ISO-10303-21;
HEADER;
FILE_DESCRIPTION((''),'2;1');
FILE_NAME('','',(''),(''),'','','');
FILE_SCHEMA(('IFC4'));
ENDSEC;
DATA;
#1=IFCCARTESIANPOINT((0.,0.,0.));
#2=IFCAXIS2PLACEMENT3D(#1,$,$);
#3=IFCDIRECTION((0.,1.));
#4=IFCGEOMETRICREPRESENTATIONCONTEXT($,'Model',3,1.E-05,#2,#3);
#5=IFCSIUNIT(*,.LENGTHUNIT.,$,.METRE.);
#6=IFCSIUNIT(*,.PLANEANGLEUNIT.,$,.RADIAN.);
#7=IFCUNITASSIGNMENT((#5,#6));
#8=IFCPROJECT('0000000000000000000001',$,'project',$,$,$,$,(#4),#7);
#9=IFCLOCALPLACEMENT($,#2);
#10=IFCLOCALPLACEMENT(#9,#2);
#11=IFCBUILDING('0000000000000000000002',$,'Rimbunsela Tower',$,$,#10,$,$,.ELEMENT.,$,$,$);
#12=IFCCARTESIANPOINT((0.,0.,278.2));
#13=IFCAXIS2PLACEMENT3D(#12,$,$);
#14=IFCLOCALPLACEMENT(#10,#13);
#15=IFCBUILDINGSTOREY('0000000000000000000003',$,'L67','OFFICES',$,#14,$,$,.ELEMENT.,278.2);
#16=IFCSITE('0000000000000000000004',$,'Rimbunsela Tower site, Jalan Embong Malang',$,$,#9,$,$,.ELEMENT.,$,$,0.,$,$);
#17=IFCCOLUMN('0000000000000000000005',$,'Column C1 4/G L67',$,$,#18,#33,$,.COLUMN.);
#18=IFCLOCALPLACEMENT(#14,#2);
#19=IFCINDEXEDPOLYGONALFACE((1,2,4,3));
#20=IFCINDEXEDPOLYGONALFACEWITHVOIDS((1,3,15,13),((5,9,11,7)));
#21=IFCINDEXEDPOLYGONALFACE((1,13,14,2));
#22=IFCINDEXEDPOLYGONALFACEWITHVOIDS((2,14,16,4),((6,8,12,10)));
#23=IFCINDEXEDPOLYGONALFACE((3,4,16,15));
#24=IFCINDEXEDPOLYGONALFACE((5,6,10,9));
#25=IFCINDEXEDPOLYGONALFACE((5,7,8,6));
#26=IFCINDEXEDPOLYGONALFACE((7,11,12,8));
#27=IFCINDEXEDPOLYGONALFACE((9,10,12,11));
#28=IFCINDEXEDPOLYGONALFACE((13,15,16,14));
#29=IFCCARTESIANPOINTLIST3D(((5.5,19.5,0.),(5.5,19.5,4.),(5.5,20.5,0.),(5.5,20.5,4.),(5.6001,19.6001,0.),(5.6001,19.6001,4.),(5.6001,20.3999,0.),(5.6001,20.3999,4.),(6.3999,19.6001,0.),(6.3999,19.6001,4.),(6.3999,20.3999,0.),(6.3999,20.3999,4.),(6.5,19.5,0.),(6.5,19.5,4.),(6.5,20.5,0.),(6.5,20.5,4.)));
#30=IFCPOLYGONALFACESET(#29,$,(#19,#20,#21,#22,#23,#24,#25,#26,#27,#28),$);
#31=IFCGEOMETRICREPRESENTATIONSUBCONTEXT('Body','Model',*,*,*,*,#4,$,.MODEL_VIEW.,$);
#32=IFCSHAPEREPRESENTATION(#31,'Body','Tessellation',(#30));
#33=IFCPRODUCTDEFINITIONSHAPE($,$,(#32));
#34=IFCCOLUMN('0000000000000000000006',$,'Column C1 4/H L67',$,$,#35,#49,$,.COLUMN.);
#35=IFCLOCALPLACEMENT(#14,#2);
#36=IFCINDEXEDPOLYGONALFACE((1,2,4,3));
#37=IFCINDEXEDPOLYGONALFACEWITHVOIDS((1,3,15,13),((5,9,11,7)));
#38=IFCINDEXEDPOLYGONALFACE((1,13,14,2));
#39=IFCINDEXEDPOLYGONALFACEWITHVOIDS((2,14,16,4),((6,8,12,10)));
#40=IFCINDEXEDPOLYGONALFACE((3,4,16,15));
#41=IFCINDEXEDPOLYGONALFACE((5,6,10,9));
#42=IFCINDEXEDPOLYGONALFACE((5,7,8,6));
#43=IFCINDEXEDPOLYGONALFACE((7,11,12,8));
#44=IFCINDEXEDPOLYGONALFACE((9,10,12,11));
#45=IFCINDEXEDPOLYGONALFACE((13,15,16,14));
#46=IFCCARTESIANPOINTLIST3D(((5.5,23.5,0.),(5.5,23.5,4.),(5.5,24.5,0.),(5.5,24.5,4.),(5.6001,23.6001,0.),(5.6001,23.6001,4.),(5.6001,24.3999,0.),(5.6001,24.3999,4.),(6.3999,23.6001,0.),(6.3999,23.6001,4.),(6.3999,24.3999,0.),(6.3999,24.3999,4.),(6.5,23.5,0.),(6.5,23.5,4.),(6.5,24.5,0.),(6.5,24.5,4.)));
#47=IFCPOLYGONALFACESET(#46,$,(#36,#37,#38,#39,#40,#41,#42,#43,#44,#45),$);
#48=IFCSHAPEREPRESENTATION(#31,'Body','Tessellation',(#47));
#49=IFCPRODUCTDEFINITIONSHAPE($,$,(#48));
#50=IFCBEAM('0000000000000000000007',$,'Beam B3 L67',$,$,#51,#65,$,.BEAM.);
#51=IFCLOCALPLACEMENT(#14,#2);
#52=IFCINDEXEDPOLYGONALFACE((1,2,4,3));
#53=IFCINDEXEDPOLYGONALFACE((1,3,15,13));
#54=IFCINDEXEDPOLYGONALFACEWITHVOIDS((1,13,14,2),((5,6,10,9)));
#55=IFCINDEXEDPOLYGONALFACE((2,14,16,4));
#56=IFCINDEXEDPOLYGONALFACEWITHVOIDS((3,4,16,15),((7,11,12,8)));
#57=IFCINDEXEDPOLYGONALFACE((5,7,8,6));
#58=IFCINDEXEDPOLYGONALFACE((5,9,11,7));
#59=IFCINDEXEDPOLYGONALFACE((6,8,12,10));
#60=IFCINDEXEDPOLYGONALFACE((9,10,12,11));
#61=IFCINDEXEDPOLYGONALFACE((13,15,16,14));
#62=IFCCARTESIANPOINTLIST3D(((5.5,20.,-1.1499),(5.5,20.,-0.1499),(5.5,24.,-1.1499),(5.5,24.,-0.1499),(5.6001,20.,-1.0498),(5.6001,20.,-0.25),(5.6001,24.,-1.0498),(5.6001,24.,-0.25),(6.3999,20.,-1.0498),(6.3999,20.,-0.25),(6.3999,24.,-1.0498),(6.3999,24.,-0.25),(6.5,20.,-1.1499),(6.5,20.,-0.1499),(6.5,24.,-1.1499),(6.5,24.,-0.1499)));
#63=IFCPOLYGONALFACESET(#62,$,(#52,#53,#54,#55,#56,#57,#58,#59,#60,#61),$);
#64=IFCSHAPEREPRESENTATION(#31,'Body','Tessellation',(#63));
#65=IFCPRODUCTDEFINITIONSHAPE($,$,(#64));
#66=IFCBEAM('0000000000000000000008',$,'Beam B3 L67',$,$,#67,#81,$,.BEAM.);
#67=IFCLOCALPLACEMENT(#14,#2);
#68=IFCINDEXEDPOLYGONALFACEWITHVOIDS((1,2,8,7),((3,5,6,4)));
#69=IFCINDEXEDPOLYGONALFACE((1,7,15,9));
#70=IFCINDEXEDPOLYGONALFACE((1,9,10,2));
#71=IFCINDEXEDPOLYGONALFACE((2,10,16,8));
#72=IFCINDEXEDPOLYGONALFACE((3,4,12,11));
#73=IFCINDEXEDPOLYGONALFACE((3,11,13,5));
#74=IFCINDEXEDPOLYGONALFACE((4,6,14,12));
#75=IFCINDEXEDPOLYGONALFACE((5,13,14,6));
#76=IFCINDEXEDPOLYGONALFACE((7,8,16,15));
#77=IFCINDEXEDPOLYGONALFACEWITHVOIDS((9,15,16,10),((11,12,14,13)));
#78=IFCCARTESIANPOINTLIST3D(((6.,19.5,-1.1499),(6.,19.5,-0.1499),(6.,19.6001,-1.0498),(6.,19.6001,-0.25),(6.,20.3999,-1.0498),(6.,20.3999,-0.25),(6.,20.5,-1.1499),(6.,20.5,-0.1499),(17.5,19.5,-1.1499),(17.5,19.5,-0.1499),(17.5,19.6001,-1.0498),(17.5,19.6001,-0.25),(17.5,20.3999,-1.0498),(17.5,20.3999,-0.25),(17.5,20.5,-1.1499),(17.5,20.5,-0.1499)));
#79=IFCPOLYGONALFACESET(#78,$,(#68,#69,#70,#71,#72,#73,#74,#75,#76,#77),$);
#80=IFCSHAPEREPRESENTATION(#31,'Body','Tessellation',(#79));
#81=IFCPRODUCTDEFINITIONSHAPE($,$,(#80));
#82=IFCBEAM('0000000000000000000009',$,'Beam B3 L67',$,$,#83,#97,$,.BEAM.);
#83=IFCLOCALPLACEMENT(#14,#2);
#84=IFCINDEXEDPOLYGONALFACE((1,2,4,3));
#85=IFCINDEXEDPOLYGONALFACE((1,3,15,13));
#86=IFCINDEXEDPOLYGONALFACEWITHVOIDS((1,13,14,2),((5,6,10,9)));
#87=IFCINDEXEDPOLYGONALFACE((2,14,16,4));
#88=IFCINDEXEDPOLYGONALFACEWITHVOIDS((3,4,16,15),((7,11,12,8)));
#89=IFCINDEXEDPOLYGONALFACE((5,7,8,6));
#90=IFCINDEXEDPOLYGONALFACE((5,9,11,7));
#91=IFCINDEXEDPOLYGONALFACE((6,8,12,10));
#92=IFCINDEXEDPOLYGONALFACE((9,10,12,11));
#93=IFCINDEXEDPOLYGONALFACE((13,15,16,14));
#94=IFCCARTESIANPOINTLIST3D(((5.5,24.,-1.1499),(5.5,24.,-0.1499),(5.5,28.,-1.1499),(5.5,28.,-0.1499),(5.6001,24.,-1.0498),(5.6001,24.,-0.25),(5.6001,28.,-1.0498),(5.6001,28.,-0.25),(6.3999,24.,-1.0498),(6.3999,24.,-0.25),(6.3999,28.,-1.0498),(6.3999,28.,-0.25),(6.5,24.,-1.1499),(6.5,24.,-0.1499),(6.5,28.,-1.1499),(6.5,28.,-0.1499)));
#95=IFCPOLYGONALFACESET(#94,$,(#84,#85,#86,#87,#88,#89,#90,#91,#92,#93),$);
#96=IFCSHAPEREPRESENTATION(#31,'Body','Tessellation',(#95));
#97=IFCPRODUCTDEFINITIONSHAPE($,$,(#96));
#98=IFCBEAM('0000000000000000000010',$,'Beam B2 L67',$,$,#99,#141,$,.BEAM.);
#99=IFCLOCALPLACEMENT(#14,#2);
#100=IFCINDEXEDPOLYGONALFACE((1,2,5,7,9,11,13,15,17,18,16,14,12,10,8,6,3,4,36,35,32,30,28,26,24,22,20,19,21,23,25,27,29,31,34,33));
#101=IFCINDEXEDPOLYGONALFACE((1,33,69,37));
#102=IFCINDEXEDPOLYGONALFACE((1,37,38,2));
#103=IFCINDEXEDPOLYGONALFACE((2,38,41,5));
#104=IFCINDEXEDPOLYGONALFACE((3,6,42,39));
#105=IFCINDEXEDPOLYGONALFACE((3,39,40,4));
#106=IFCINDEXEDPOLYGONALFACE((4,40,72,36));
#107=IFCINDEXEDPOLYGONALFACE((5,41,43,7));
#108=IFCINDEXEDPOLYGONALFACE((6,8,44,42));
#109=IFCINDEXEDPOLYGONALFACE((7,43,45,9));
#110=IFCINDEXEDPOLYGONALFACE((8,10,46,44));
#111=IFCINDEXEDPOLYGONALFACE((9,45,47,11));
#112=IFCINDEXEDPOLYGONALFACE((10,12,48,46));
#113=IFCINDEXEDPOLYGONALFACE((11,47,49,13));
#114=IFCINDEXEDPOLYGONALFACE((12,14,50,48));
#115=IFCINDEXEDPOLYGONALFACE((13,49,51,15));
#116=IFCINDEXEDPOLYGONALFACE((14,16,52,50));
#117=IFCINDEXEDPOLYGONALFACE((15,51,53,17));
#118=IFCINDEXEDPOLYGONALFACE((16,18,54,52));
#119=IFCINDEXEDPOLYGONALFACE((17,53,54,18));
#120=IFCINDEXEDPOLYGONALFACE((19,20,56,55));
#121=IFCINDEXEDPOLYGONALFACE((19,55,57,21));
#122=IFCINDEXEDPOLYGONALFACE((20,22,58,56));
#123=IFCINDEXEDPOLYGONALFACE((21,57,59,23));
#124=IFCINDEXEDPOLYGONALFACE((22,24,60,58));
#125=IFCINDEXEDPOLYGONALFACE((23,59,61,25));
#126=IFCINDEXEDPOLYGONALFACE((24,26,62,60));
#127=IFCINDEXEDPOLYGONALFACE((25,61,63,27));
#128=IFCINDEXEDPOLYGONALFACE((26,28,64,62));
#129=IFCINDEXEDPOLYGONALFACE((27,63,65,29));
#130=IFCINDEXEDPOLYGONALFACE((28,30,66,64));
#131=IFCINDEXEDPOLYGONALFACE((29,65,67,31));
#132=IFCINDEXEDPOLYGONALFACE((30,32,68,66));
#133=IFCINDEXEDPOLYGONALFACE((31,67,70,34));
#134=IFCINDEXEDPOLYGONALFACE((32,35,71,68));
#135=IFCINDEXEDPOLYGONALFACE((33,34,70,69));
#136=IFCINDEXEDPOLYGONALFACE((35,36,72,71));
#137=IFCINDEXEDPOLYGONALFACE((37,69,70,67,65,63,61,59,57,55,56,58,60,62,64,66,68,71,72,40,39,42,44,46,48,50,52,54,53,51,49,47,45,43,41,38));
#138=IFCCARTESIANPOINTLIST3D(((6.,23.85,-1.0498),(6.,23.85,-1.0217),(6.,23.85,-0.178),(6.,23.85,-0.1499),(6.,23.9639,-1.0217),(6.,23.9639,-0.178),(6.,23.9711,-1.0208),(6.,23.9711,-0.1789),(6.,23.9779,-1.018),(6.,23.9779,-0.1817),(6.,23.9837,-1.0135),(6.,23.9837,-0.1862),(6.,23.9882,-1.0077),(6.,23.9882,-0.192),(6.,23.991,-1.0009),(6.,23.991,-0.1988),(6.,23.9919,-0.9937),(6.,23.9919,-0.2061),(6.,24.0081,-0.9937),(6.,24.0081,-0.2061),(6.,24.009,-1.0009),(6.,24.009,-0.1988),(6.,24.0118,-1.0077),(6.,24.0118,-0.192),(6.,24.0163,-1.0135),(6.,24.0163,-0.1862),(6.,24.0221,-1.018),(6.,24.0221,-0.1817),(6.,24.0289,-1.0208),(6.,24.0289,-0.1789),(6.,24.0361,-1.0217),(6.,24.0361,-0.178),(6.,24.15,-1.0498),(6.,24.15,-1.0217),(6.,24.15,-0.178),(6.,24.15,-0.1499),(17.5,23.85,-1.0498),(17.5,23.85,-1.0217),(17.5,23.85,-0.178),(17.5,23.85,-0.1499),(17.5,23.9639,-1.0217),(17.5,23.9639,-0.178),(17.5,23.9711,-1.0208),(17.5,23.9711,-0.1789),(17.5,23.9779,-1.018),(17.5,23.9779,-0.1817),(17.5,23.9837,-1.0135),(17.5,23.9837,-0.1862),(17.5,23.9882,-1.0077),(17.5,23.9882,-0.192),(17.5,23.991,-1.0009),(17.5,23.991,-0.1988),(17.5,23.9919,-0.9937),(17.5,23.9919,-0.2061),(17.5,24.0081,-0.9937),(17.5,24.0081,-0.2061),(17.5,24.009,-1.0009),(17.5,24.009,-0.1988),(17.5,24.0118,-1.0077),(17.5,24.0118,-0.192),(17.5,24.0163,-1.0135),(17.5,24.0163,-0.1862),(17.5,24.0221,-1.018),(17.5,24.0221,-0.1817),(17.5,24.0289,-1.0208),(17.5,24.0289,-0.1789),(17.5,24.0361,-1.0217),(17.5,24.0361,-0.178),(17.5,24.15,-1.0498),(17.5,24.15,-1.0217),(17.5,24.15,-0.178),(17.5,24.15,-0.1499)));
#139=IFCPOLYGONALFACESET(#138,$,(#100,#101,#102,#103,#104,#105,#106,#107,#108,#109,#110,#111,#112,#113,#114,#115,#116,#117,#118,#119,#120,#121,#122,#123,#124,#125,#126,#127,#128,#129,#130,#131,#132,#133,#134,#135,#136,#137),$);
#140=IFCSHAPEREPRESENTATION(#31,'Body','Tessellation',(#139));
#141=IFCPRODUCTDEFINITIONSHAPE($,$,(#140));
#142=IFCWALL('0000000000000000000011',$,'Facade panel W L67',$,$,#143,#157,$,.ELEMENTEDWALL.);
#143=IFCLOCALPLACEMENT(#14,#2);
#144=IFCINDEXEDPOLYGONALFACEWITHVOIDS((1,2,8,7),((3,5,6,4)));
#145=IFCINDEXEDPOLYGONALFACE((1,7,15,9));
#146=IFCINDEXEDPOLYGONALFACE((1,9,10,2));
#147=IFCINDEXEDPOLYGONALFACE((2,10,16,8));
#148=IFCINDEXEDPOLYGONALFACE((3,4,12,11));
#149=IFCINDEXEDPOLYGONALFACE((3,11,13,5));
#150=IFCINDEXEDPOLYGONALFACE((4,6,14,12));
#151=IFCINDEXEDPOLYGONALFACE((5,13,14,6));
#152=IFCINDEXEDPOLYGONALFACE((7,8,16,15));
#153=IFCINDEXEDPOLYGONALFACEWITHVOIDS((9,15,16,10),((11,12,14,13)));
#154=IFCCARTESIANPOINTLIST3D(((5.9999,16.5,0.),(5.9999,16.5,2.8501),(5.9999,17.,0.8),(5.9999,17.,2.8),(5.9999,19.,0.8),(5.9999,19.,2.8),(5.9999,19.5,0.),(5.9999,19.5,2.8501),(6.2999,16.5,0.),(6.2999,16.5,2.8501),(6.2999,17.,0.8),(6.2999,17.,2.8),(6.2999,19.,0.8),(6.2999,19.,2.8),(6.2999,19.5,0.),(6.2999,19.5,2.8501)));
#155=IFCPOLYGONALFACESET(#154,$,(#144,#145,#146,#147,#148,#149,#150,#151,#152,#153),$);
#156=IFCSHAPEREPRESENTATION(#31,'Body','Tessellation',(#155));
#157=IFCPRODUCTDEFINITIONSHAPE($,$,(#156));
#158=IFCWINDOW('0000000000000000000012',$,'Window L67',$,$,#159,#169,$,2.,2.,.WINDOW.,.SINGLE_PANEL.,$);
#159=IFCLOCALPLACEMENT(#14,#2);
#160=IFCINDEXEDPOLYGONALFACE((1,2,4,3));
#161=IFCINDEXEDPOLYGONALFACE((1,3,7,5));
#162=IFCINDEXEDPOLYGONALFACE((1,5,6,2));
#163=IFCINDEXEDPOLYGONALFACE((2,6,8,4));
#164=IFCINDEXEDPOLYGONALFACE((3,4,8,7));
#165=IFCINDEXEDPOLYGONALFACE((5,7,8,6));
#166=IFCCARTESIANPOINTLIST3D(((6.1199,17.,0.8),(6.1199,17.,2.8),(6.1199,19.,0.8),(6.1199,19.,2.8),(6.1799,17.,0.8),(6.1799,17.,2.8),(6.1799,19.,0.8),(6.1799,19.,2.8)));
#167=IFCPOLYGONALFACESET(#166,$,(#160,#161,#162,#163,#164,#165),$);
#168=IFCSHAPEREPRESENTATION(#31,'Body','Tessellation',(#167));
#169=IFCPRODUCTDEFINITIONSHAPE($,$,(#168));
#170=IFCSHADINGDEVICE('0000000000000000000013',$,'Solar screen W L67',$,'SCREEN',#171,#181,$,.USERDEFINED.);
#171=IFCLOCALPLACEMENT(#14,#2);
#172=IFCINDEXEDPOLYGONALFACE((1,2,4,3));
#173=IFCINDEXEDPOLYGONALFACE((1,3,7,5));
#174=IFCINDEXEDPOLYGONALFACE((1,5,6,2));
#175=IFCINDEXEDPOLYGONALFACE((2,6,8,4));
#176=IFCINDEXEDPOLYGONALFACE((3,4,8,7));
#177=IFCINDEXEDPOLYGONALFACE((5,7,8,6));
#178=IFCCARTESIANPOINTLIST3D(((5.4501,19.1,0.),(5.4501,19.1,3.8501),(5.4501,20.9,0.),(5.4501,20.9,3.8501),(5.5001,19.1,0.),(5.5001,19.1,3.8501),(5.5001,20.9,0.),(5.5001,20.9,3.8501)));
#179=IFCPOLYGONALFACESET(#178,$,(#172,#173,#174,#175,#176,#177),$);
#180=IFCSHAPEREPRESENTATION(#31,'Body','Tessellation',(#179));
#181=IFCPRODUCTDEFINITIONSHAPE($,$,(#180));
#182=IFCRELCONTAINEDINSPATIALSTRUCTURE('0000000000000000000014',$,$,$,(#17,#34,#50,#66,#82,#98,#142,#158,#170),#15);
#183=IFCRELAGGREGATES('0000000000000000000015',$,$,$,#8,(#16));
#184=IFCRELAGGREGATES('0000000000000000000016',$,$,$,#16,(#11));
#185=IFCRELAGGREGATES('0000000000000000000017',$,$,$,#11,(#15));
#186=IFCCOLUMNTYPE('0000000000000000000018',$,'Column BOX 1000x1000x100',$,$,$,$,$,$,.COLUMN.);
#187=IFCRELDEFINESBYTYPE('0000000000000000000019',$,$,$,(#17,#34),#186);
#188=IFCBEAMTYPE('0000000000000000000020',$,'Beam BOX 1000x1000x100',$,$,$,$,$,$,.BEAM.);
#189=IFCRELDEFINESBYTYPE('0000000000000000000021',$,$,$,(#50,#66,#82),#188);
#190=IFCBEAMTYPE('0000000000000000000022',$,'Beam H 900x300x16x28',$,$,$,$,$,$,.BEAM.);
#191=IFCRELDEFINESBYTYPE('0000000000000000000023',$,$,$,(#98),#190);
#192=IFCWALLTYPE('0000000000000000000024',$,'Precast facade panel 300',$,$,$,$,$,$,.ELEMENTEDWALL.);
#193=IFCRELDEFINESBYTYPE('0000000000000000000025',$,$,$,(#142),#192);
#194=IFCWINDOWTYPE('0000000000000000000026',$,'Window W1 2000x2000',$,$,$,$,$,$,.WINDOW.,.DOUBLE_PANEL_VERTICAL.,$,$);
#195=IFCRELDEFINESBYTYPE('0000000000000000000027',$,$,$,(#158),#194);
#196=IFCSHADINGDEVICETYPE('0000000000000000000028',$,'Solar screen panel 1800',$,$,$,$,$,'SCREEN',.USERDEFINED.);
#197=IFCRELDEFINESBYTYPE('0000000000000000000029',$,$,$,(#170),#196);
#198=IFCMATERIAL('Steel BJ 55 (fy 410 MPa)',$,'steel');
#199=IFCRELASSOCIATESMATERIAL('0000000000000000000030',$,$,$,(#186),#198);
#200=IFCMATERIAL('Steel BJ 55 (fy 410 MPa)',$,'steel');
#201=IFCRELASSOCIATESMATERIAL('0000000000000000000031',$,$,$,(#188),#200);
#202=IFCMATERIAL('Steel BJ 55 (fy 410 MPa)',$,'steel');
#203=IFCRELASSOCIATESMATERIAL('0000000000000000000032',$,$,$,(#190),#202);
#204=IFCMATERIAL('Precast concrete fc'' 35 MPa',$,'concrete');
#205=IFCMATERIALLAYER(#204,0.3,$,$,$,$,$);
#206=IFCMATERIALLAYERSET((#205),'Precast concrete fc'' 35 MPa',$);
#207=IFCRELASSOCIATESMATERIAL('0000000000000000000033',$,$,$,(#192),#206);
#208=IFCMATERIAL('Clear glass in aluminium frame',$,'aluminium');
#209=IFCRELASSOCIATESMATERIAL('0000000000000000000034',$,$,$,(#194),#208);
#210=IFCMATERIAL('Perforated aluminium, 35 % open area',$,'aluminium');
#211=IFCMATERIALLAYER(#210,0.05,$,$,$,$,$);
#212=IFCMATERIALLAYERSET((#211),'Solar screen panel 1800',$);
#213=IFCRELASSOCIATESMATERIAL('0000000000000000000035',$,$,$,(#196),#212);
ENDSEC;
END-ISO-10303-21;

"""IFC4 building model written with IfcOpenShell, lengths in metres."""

from ifc_helpers import new_model, si_unit, direction, frame, frame_2d, origin, origin_2d, place, context, subcontext, project, spatial, rectangle, hollow_rectangle, i_section, extrude, material, layer, layer_set, material_profile, profile_set, type_object, element, fill, save


model = new_model("IFC4")

# Units and contexts
model_context = context("Model", 3, precision=1e-05, world=origin(), true_north=direction((0.0, 1.0)))
body_context = subcontext(model_context, "Body", "Model", "MODEL_VIEW")
ifc_project = project(units=[si_unit("LENGTHUNIT", "METRE"), si_unit("PLANEANGLEUNIT", "RADIAN")], contexts=[model_context])

# Site, building, storey
site_placement = place(None, origin())
site = spatial("IfcSite", under=ifc_project, at=site_placement, Name="Rimbunsela Tower site, Jalan Embong Malang", CompositionType="ELEMENT", RefElevation=0.0)
building_placement = place(site_placement, origin())
building = spatial("IfcBuilding", under=site, at=building_placement, Name="Rimbunsela Tower", CompositionType="ELEMENT")
storey_placement = place(building_placement, frame((0.0, 0.0, 278.2)))
storey = spatial("IfcBuildingStorey", under=building, at=storey_placement, Name="L67", Description="OFFICES", CompositionType="ELEMENT", Elevation=278.2)

# Columns
ifc_material_1 = material(Name="Steel BJ 55 (fy 410 MPa)", Category="steel")
ifc_material_profile_1 = material_profile(ifc_material_1, hollow_rectangle(XDim=1.0, YDim=1.0, WallThickness=0.1001, at=origin_2d()), Name="BOX 1000x1000x100")
ifc_profile_set_1 = profile_set([ifc_material_profile_1], Name="Steel BJ 55 (fy 410 MPa)")
column_type = type_object("IfcColumnType", Name="Column BOX 1000x1000x100", PredefinedType="COLUMN", material=ifc_profile_set_1)
for number, where, z_axis, x_axis, name in (
    (1, (6.0, 20.0, 0.0), (0.0, 0.0, 1.0), (1.0, 0.0, 0.0), "Column C1 4/G L67"),
    (2, (6.0, 24.0, 0.0), (0.0, 0.0, 1.0), (1.0, 0.0, 0.0), "Column C1 4/H L67"),
):
    element("IfcColumn", number, at=place(storey_placement, frame(where, z_axis=z_axis, x_axis=x_axis)), inside=storey, type_object=column_type, Name=name, PredefinedType="COLUMN", context=body_context, shape_type="SweptSolid", body=[
        extrude(hollow_rectangle(XDim=1.0, YDim=1.0, WallThickness=0.1001, at=origin_2d()), origin(), (0.0, 0.0, 1.0), 4.0),
    ])

# Beams
ifc_material_2 = material(Name="Steel BJ 55 (fy 410 MPa)", Category="steel")
ifc_material_profile_2 = material_profile(ifc_material_2, hollow_rectangle(XDim=1.0, YDim=1.0, WallThickness=0.1001, at=origin_2d()), Name="BOX 1000x1000x100")
ifc_profile_set_2 = profile_set([ifc_material_profile_2], Name="Steel BJ 55 (fy 410 MPa)")
beam_type_1 = type_object("IfcBeamType", Name="Beam BOX 1000x1000x100", PredefinedType="BEAM", material=ifc_profile_set_2)
beam_1_placement = place(storey_placement, frame((6.0, 20.0, -0.6499), z_axis=(0.0, 1.0, 0.0), x_axis=(-1.0, 0.0, 0.0)))
element("IfcBeam", 3, at=beam_1_placement, inside=storey, type_object=beam_type_1, Name="Beam B3 L67", PredefinedType="BEAM", context=body_context, shape_type="SweptSolid", body=[
    extrude(hollow_rectangle(XDim=1.0, YDim=1.0, WallThickness=0.1001, at=origin_2d()), origin(), (0.0, 0.0, 1.0), 4.0),
])
beam_2_placement = place(storey_placement, frame((6.0, 20.0, -0.6499), z_axis=(1.0, 0.0, 0.0), x_axis=(0.0, 1.0, 0.0)))
element("IfcBeam", 4, at=beam_2_placement, inside=storey, type_object=beam_type_1, Name="Beam B3 L67", PredefinedType="BEAM", context=body_context, shape_type="SweptSolid", body=[
    extrude(hollow_rectangle(XDim=1.0, YDim=1.0, WallThickness=0.1001, at=origin_2d()), origin(), (0.0, 0.0, 1.0), 11.5),
])
beam_3_placement = place(storey_placement, frame((6.0, 24.0, -0.6499), z_axis=(0.0, 1.0, 0.0), x_axis=(-1.0, 0.0, 0.0)))
element("IfcBeam", 5, at=beam_3_placement, inside=storey, type_object=beam_type_1, Name="Beam B3 L67", PredefinedType="BEAM", context=body_context, shape_type="SweptSolid", body=[
    extrude(hollow_rectangle(XDim=1.0, YDim=1.0, WallThickness=0.1001, at=origin_2d()), origin(), (0.0, 0.0, 1.0), 4.0),
])
ifc_material_3 = material(Name="Steel BJ 55 (fy 410 MPa)", Category="steel")
ifc_material_profile_3 = material_profile(ifc_material_3, i_section(OverallWidth=0.3, OverallDepth=0.8999, WebThickness=0.0161, FlangeThickness=0.0281, FilletRadius=0.0281, at=origin_2d()), Name="H 900x300x16x28")
ifc_profile_set_3 = profile_set([ifc_material_profile_3], Name="Steel BJ 55 (fy 410 MPa)")
beam_type_2 = type_object("IfcBeamType", Name="Beam H 900x300x16x28", PredefinedType="BEAM", material=ifc_profile_set_3)
beam_4_placement = place(storey_placement, frame((6.0, 24.0, -0.5999), z_axis=(1.0, 0.0, 0.0), x_axis=(0.0, 1.0, 0.0)))
element("IfcBeam", 6, at=beam_4_placement, inside=storey, type_object=beam_type_2, Name="Beam B2 L67", PredefinedType="BEAM", context=body_context, shape_type="SweptSolid", body=[
    extrude(i_section(OverallWidth=0.3, OverallDepth=0.8999, WebThickness=0.0161, FlangeThickness=0.0281, FilletRadius=0.0281, at=origin_2d()), origin(), (0.0, 0.0, 1.0), 11.5),
])

# Wall, opening, window
ifc_material_4 = material(Name="Precast concrete fc' 35 MPa", Category="concrete")
ifc_layer_1 = layer(ifc_material_4, 0.3)
ifc_layer_set_1 = layer_set([ifc_layer_1], Name="Precast concrete fc' 35 MPa")
wall_type = type_object("IfcWallType", Name="Precast facade panel 300", PredefinedType="ELEMENTEDWALL", material=ifc_layer_set_1)
wall_placement = place(storey_placement, frame((6.1499, 19.5, 0.0), z_axis=(0.0, 0.0, 1.0), x_axis=(0.0, -1.0, 0.0)))
wall = element("IfcWall", 7, at=wall_placement, inside=storey, type_object=wall_type, Name="Facade panel W L67", PredefinedType="ELEMENTEDWALL", context=body_context, shape_type="SweptSolid", body=[
    extrude(rectangle(XDim=3.0, YDim=0.3, at=frame_2d((1.5, 0.0))), origin(), (0.0, 0.0, 1.0), 2.8501),
])
opening_placement = place(wall_placement, frame((0.5, 0.0, 0.8)))
opening = element("IfcOpeningElement", 8, at=opening_placement, cuts=wall, PredefinedType="OPENING", context=body_context, shape_type="SweptSolid", body=[
    extrude(rectangle(XDim=2.0, YDim=2.0, at=frame_2d((1.0, 1.0))), frame((0.0, 0.1599, 0.0), z_axis=(0.0, -1.0, 0.0), x_axis=(1.0, 0.0, 0.0)), (0.0, 0.0, 1.0), 0.3201),
])
ifc_material_5 = material(Name="Clear glass in aluminium frame", Category="aluminium")
window_type = type_object("IfcWindowType", Name="Window W1 2000x2000", PartitioningType="DOUBLE_PANEL_VERTICAL", PredefinedType="WINDOW", material=ifc_material_5)
window_placement = place(opening_placement, origin())
window = element("IfcWindow", 9, at=window_placement, inside=storey, type_object=window_type, Name="Window L67", OverallHeight=2.0, OverallWidth=2.0, PartitioningType="SINGLE_PANEL", PredefinedType="WINDOW", context=body_context, shape_type="SweptSolid", body=[
    extrude(rectangle(XDim=2.0, YDim=2.0, at=frame_2d((1.0, 1.0))), frame((0.0, 0.03, 0.0), z_axis=(0.0, -1.0, 0.0), x_axis=(1.0, 0.0, 0.0)), (0.0, 0.0, 1.0), 0.0601),
])
fill(opening, window)

# Shading device
ifc_material_6 = material(Name="Perforated aluminium, 35 % open area", Category="aluminium")
ifc_layer_2 = layer(ifc_material_6, 0.05)
ifc_layer_set_2 = layer_set([ifc_layer_2], Name="Solar screen panel 1800")
shading_device_type = type_object("IfcShadingDeviceType", Name="Solar screen panel 1800", ElementType="SCREEN", PredefinedType="USERDEFINED", material=ifc_layer_set_2)
for number, where, z_axis, x_axis, name in (
    (10, (5.4751, 20.0, 0.0), (0.0, 0.0, 1.0), (0.0, 1.0, 0.0), "Solar screen W L67"),
):
    element("IfcShadingDevice", number, at=place(storey_placement, frame(where, z_axis=z_axis, x_axis=x_axis)), inside=storey, type_object=shading_device_type, Name=name, ObjectType="SCREEN", PredefinedType="USERDEFINED", context=body_context, shape_type="SweptSolid", body=[
        extrude(rectangle(XDim=1.8, YDim=0.05, at=origin_2d()), origin(), (0.0, 0.0, 1.0), 3.8501),
    ])

save(model, "model.ifc")
